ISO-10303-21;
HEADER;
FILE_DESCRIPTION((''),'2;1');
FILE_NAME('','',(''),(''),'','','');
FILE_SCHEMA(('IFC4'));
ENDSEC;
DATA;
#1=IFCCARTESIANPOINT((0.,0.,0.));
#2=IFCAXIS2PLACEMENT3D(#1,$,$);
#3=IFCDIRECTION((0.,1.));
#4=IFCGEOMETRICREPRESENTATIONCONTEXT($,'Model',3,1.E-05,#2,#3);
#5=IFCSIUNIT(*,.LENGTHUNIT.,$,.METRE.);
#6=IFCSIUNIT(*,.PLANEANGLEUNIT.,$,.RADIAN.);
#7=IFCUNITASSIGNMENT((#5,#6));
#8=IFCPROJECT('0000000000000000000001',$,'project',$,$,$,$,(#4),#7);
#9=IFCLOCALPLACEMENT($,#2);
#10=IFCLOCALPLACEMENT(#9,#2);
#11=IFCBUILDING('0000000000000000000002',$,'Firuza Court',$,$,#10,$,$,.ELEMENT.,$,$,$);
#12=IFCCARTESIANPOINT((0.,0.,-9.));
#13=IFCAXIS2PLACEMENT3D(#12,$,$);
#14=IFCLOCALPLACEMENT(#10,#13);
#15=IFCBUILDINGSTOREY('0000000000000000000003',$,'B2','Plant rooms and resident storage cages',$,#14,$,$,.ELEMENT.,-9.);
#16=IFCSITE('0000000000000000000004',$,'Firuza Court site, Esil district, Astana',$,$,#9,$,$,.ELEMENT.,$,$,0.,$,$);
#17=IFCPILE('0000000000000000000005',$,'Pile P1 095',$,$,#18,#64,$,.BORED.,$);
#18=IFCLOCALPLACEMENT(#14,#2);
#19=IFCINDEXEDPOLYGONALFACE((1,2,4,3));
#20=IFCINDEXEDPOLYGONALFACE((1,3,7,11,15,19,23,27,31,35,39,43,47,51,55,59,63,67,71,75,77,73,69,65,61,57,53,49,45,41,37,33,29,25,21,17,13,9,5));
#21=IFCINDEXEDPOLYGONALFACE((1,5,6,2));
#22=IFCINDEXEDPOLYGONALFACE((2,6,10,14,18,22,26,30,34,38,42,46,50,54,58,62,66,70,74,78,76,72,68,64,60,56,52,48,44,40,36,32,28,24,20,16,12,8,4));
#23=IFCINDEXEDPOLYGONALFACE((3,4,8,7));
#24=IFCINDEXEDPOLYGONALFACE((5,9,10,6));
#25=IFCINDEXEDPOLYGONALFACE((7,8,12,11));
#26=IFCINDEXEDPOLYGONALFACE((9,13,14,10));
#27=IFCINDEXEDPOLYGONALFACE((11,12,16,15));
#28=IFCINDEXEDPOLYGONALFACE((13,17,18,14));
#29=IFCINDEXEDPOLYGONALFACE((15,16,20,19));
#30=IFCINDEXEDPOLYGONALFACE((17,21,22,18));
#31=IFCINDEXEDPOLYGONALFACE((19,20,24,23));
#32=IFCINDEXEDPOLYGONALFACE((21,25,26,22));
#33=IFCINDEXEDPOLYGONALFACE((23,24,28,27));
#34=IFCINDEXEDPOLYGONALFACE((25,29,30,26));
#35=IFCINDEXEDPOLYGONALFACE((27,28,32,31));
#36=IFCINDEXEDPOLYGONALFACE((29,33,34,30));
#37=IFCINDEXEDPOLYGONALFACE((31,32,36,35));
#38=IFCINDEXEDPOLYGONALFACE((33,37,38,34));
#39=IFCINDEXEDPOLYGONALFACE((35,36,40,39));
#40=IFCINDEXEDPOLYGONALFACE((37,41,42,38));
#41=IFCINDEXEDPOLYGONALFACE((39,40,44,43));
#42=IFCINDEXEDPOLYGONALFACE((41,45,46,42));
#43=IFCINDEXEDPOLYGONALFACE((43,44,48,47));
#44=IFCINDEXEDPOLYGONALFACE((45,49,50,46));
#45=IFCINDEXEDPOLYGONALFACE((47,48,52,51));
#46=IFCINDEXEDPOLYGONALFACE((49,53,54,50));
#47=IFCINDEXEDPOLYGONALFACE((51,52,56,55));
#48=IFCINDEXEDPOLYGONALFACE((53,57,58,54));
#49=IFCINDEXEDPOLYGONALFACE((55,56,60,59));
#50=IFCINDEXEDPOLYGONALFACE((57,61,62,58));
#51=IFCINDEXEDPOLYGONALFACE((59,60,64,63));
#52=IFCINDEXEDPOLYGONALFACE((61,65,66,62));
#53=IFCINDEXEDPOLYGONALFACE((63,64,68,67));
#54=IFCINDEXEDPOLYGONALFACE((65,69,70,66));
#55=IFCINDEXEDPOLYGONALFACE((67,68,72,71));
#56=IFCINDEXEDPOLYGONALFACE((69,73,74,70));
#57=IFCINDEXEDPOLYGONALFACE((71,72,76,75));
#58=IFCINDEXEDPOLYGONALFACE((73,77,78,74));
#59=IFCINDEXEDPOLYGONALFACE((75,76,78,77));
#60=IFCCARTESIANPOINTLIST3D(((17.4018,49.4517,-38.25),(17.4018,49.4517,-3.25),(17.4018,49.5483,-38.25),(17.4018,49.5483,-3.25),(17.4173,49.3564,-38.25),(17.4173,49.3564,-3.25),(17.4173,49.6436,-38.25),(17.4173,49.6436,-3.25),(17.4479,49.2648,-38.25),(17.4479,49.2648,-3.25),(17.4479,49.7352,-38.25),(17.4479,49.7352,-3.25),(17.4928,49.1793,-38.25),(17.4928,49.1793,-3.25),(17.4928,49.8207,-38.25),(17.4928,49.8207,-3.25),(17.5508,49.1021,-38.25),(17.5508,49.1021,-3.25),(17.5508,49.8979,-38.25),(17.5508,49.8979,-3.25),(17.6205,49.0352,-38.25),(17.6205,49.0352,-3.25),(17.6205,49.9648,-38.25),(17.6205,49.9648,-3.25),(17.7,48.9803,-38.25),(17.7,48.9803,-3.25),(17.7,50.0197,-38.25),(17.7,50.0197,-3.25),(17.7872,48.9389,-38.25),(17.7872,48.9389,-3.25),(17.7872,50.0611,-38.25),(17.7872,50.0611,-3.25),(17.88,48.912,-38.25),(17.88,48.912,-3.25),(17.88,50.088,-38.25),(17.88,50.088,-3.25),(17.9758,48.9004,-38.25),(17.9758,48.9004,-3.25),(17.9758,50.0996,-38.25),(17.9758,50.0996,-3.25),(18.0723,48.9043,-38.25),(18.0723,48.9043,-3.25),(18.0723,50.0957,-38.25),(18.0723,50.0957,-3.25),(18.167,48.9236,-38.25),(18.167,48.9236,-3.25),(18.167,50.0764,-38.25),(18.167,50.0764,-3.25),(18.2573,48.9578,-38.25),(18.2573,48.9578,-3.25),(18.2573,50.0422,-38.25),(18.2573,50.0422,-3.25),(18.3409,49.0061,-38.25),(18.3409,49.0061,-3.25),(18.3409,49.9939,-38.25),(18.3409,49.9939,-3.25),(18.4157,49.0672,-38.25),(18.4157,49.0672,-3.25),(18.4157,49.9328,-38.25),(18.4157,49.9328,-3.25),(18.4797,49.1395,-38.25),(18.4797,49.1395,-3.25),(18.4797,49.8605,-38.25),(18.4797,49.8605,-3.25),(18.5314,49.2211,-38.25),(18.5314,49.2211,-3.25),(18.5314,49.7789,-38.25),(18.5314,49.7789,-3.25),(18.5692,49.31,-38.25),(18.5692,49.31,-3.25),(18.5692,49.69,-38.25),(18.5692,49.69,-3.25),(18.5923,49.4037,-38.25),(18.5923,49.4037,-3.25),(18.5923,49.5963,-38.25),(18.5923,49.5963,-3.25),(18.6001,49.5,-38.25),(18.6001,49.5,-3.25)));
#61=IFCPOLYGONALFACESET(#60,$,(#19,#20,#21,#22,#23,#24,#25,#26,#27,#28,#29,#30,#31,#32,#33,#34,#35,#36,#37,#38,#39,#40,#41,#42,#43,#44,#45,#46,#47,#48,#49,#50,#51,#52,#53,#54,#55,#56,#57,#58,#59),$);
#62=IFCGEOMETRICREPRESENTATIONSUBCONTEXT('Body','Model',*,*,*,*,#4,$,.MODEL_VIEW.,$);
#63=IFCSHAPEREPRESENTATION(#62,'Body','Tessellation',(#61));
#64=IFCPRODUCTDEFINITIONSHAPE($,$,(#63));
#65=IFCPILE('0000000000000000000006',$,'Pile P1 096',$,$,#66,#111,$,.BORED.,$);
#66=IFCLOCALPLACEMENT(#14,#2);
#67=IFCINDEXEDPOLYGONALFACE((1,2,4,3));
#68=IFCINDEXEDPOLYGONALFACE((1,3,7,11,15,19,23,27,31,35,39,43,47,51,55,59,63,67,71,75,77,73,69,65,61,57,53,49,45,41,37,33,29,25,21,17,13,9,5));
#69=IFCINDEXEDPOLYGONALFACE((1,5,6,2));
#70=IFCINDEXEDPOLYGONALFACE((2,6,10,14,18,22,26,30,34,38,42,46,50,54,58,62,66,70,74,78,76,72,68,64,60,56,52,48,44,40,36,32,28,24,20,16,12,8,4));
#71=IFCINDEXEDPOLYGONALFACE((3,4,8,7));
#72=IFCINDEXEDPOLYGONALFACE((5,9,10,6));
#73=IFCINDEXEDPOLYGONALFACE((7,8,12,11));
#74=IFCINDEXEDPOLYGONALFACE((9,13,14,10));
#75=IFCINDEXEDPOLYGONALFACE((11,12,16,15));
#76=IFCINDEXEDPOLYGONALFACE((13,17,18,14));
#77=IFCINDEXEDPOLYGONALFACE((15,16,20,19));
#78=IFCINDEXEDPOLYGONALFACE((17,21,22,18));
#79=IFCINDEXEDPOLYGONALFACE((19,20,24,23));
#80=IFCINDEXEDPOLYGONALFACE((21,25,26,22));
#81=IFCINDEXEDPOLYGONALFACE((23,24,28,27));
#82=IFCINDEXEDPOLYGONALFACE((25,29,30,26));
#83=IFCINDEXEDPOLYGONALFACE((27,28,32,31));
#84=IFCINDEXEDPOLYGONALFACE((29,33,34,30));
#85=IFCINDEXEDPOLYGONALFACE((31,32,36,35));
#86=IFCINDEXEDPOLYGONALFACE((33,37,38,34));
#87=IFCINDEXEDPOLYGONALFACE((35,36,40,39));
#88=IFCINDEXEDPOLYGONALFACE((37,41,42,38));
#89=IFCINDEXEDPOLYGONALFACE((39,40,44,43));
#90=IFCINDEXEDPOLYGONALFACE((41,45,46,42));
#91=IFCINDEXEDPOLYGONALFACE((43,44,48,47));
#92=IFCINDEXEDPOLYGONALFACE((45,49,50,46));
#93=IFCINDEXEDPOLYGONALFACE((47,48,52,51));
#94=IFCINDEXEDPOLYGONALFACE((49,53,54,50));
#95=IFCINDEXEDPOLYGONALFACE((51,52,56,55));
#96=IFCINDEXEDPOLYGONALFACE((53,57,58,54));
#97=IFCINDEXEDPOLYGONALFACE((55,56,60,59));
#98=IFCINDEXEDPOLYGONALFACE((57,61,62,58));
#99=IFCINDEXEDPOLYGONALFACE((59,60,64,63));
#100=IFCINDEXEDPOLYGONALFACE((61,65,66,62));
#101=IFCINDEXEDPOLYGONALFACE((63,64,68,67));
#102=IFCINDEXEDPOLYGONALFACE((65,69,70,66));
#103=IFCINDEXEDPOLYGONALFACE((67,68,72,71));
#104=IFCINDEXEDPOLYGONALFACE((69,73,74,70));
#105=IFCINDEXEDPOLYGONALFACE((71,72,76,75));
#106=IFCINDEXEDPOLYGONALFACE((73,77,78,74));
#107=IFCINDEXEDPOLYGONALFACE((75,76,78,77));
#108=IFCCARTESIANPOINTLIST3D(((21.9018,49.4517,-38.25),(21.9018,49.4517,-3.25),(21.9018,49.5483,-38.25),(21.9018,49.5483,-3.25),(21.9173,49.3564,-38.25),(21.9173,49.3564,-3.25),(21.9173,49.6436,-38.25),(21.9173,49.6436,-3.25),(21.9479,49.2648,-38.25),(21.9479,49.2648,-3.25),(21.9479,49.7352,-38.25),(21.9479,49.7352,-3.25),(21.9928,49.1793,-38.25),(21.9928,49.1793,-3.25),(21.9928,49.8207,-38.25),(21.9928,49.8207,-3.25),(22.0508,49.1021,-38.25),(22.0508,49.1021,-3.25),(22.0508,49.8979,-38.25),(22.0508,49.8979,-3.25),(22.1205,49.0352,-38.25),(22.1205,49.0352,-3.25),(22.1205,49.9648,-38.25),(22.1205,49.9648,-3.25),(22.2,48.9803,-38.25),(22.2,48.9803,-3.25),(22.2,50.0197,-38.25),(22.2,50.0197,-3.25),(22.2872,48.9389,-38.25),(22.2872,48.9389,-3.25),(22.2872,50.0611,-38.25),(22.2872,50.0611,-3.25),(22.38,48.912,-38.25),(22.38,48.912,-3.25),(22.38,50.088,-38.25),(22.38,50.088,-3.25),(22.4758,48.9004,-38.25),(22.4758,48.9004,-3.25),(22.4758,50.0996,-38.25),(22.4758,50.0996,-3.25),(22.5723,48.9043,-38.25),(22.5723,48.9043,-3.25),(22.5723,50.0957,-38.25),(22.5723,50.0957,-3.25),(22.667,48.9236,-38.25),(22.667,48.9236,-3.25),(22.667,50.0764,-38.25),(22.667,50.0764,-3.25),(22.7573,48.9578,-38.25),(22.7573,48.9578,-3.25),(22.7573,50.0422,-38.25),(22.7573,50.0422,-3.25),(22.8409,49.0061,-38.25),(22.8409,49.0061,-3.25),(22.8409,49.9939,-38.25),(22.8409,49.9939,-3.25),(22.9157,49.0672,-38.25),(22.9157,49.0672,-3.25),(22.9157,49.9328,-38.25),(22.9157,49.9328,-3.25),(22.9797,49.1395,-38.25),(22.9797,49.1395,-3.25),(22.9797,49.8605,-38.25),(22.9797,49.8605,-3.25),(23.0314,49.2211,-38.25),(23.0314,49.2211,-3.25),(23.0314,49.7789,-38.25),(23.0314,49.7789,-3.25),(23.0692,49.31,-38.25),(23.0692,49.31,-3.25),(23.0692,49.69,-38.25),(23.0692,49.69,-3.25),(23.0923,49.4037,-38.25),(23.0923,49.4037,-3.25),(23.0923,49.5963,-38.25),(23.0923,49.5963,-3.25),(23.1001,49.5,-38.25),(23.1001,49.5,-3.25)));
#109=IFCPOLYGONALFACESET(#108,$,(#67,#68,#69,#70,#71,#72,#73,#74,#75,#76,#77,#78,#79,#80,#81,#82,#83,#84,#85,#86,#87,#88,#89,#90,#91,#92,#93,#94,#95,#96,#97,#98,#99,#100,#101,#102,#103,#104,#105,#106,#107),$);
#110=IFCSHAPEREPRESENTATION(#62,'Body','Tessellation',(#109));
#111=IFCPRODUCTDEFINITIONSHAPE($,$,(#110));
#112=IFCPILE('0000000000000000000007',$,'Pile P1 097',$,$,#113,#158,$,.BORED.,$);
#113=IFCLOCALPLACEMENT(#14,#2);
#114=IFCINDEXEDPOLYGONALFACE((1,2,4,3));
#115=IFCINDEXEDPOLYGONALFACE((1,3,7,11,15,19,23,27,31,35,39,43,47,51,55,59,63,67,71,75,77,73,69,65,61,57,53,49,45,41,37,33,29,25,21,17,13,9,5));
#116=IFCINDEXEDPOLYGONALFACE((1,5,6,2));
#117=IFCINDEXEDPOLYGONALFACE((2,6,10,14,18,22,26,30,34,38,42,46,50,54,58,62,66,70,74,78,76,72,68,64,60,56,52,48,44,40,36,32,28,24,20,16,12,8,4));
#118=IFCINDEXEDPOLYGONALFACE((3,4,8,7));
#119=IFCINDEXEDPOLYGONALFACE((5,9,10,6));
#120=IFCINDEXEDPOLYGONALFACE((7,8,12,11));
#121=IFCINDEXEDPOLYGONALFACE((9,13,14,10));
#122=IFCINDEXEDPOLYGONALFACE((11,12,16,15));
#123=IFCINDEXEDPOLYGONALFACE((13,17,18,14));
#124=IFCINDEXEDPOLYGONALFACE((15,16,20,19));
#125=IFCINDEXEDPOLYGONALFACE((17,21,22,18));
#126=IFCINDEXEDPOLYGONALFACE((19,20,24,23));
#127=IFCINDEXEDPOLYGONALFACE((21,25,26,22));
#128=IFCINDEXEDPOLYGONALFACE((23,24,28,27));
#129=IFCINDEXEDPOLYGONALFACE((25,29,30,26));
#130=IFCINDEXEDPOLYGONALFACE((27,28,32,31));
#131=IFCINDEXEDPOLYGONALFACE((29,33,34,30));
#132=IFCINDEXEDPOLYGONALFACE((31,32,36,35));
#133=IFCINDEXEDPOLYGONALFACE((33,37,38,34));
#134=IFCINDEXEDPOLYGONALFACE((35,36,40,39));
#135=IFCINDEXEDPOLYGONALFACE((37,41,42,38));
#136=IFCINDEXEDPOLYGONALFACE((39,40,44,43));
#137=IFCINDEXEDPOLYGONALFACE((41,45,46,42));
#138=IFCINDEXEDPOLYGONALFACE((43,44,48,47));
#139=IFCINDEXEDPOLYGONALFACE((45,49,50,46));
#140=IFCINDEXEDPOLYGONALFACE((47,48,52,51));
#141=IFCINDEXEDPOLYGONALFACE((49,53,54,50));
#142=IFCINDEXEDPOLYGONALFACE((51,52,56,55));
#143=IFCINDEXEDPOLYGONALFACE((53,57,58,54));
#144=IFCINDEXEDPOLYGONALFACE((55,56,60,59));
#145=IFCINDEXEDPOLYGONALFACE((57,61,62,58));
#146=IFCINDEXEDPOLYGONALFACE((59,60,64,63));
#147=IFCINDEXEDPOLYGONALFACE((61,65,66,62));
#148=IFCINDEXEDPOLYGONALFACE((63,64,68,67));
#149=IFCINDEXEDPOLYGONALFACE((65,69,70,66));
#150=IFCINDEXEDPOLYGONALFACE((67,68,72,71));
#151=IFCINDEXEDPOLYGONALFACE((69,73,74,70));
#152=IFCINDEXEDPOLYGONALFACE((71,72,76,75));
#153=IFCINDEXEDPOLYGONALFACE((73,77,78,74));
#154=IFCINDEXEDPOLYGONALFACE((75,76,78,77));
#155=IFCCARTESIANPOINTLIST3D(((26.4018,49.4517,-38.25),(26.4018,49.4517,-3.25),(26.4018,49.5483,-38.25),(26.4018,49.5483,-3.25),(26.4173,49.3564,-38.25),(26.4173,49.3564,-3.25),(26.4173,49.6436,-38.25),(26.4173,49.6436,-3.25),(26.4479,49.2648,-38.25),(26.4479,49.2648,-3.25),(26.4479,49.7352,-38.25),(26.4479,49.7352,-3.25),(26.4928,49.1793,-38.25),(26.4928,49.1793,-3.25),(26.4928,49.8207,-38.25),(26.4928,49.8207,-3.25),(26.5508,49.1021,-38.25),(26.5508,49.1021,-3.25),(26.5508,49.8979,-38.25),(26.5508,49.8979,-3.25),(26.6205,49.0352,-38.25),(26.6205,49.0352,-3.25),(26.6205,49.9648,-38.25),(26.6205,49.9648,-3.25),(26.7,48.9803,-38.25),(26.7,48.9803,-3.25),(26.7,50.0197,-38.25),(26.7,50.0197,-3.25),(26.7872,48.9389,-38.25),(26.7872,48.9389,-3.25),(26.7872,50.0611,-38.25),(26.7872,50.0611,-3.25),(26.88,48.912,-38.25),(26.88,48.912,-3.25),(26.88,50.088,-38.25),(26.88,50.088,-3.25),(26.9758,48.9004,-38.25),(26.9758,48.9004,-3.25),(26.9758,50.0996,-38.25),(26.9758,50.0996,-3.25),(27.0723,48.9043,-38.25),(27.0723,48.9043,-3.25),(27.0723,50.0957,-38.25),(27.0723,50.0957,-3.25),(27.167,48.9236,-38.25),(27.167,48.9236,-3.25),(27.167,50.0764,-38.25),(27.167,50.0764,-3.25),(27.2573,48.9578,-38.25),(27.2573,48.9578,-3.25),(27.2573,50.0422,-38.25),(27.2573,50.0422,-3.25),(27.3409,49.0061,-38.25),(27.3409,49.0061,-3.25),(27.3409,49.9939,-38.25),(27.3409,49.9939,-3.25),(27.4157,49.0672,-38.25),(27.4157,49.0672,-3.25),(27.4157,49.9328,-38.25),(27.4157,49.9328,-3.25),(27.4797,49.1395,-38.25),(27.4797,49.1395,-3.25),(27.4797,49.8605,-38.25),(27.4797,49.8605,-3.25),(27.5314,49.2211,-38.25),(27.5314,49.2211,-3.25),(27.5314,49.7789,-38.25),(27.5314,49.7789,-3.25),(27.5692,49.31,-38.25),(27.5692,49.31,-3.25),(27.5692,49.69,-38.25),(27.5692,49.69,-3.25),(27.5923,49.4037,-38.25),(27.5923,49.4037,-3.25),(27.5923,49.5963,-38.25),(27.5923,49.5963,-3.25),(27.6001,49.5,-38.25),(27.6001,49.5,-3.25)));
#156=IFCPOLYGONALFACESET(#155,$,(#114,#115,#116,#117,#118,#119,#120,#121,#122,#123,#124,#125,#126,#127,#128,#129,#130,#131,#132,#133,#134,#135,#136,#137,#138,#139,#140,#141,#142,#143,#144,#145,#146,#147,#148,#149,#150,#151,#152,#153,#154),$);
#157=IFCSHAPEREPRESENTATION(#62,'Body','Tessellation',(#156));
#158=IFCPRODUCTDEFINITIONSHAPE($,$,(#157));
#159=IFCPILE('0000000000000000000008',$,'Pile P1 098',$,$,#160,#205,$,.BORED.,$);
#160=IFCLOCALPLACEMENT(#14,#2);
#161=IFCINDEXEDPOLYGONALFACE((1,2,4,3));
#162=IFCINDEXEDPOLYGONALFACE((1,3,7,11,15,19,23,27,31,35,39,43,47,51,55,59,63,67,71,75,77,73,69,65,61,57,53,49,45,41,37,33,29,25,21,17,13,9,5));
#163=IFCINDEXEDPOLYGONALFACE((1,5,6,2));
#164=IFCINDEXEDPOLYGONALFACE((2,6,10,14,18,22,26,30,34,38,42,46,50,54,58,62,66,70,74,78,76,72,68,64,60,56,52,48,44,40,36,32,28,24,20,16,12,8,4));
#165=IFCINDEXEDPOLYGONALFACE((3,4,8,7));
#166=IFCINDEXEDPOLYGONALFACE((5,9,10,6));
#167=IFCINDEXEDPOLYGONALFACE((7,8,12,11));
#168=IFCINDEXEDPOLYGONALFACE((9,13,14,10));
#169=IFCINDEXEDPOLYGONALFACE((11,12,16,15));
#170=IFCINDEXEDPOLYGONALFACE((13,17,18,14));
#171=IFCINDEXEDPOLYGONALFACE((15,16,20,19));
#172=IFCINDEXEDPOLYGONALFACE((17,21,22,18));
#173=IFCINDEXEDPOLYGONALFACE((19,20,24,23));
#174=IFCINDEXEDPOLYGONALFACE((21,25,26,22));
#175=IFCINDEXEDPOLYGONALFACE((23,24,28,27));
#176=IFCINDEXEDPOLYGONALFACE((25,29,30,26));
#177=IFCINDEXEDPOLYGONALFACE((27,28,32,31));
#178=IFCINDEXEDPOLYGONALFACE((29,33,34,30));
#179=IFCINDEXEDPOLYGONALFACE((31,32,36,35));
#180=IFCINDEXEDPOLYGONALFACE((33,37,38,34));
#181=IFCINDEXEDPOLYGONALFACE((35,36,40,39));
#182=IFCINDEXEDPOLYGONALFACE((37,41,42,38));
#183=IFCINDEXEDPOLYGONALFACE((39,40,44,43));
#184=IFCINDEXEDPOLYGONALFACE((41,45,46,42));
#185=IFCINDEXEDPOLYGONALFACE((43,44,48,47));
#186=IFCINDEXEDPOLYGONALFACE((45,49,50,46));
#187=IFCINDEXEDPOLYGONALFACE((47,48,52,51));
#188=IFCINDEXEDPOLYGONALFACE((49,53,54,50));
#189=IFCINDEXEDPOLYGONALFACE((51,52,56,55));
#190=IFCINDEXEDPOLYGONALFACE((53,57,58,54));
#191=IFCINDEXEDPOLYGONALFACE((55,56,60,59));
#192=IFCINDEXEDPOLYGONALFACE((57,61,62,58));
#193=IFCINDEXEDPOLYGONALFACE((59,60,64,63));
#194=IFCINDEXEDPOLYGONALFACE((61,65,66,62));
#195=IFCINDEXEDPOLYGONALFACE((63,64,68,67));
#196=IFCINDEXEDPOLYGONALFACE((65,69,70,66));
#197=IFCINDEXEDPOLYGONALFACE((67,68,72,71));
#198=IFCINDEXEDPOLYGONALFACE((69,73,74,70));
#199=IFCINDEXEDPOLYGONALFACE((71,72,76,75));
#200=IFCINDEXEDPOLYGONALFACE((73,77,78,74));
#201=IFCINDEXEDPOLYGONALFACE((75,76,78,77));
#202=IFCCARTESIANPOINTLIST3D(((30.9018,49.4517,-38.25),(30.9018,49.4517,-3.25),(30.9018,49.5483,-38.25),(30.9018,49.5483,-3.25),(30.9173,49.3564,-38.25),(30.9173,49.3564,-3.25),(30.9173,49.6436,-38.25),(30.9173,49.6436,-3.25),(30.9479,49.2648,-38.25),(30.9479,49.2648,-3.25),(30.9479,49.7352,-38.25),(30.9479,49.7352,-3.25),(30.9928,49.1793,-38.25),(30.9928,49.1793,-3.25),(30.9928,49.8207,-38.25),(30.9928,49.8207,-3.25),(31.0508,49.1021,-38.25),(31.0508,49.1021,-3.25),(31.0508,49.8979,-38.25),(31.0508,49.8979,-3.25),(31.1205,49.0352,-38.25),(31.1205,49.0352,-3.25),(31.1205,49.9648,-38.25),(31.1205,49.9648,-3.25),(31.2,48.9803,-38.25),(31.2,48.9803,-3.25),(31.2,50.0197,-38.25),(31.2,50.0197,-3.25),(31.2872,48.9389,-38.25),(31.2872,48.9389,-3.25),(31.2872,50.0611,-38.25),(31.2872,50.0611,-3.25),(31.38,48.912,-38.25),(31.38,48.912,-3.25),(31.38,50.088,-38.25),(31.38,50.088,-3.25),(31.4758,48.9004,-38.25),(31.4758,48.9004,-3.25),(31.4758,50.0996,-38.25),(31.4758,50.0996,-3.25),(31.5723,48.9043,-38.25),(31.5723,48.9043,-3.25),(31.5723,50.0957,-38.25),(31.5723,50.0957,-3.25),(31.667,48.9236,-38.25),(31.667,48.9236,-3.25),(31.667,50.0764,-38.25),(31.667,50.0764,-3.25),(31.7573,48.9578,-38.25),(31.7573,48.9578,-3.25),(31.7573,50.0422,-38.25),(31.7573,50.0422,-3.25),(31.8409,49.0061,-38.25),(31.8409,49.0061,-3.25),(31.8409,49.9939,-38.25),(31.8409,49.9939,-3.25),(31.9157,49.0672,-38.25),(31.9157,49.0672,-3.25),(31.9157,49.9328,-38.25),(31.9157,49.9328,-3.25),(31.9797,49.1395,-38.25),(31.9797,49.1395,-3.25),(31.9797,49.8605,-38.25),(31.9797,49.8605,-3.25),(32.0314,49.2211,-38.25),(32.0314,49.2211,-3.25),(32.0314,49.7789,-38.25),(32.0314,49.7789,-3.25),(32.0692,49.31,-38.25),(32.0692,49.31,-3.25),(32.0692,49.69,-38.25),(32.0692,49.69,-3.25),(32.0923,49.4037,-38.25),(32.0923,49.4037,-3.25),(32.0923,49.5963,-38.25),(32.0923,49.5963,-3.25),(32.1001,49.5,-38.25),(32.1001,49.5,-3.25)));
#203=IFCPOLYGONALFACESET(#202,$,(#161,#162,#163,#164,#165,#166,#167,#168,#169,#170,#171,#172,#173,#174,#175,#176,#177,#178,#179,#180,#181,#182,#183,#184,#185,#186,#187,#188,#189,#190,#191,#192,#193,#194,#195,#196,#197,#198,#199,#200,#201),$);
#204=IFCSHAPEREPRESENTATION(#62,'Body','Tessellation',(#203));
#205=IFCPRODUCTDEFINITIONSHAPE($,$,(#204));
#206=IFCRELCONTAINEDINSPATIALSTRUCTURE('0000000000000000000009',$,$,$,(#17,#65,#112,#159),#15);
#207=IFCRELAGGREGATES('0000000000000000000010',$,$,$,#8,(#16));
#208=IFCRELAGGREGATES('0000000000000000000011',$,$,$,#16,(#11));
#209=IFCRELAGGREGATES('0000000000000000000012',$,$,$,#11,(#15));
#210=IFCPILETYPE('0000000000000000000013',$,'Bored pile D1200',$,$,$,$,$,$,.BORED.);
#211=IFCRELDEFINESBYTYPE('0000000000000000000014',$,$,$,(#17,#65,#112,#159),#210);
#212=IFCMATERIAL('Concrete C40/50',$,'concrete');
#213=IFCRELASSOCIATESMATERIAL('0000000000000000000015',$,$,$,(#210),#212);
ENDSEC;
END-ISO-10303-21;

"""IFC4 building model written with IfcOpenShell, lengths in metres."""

from ifc_helpers import new_model, si_unit, direction, frame, origin, origin_2d, place, context, subcontext, project, spatial, circle, extrude, material, material_profile, profile_set, type_object, element, save


model = new_model("IFC4")

# Units and contexts
model_context = context("Model", 3, precision=1e-05, world=origin(), true_north=direction((0.0, 1.0)))
body_context = subcontext(model_context, "Body", "Model", "MODEL_VIEW")
ifc_project = project(units=[si_unit("LENGTHUNIT", "METRE"), si_unit("PLANEANGLEUNIT", "RADIAN")], contexts=[model_context])

# Site, building, storey
site_placement = place(None, origin())
site = spatial("IfcSite", under=ifc_project, at=site_placement, Name="Firuza Court site, Esil district, Astana", CompositionType="ELEMENT", RefElevation=0.0)
building_placement = place(site_placement, origin())
building = spatial("IfcBuilding", under=site, at=building_placement, Name="Firuza Court", CompositionType="ELEMENT")
storey_placement = place(building_placement, frame((0.0, 0.0, -9.0)))
storey = spatial("IfcBuildingStorey", under=building, at=storey_placement, Name="B2", Description="Plant rooms and resident storage cages", CompositionType="ELEMENT", Elevation=-9.0)

# Piles
ifc_material_1 = material(Name="Concrete C40/50", Category="concrete")
ifc_material_profile_1 = material_profile(ifc_material_1, circle(Radius=0.6001, at=origin_2d()), Name="Pile D1200")
ifc_profile_set_1 = profile_set([ifc_material_profile_1], Name="Concrete C40/50")
pile_type = type_object("IfcPileType", Name="Bored pile D1200", PredefinedType="BORED", material=ifc_profile_set_1)
for number, where, z_axis, x_axis, name in (
    (1, (18.0, 49.5, -3.25), (0.0, 0.0, -1.0), (1.0, 0.0, 0.0), "Pile P1 095"),
    (2, (22.5, 49.5, -3.25), (0.0, 0.0, -1.0), (1.0, 0.0, 0.0), "Pile P1 096"),
    (3, (27.0, 49.5, -3.25), (0.0, 0.0, -1.0), (1.0, 0.0, 0.0), "Pile P1 097"),
    (4, (31.5, 49.5, -3.25), (0.0, 0.0, -1.0), (1.0, 0.0, 0.0), "Pile P1 098"),
):
    element("IfcPile", number, at=place(storey_placement, frame(where, z_axis=z_axis, x_axis=x_axis)), inside=storey, type_object=pile_type, Name=name, PredefinedType="BORED", context=body_context, shape_type="SweptSolid", body=[
        extrude(circle(Radius=0.6001, at=origin_2d()), origin(), (0.0, 0.0, 1.0), 35.0),
    ])

save(model, "model.ifc")
